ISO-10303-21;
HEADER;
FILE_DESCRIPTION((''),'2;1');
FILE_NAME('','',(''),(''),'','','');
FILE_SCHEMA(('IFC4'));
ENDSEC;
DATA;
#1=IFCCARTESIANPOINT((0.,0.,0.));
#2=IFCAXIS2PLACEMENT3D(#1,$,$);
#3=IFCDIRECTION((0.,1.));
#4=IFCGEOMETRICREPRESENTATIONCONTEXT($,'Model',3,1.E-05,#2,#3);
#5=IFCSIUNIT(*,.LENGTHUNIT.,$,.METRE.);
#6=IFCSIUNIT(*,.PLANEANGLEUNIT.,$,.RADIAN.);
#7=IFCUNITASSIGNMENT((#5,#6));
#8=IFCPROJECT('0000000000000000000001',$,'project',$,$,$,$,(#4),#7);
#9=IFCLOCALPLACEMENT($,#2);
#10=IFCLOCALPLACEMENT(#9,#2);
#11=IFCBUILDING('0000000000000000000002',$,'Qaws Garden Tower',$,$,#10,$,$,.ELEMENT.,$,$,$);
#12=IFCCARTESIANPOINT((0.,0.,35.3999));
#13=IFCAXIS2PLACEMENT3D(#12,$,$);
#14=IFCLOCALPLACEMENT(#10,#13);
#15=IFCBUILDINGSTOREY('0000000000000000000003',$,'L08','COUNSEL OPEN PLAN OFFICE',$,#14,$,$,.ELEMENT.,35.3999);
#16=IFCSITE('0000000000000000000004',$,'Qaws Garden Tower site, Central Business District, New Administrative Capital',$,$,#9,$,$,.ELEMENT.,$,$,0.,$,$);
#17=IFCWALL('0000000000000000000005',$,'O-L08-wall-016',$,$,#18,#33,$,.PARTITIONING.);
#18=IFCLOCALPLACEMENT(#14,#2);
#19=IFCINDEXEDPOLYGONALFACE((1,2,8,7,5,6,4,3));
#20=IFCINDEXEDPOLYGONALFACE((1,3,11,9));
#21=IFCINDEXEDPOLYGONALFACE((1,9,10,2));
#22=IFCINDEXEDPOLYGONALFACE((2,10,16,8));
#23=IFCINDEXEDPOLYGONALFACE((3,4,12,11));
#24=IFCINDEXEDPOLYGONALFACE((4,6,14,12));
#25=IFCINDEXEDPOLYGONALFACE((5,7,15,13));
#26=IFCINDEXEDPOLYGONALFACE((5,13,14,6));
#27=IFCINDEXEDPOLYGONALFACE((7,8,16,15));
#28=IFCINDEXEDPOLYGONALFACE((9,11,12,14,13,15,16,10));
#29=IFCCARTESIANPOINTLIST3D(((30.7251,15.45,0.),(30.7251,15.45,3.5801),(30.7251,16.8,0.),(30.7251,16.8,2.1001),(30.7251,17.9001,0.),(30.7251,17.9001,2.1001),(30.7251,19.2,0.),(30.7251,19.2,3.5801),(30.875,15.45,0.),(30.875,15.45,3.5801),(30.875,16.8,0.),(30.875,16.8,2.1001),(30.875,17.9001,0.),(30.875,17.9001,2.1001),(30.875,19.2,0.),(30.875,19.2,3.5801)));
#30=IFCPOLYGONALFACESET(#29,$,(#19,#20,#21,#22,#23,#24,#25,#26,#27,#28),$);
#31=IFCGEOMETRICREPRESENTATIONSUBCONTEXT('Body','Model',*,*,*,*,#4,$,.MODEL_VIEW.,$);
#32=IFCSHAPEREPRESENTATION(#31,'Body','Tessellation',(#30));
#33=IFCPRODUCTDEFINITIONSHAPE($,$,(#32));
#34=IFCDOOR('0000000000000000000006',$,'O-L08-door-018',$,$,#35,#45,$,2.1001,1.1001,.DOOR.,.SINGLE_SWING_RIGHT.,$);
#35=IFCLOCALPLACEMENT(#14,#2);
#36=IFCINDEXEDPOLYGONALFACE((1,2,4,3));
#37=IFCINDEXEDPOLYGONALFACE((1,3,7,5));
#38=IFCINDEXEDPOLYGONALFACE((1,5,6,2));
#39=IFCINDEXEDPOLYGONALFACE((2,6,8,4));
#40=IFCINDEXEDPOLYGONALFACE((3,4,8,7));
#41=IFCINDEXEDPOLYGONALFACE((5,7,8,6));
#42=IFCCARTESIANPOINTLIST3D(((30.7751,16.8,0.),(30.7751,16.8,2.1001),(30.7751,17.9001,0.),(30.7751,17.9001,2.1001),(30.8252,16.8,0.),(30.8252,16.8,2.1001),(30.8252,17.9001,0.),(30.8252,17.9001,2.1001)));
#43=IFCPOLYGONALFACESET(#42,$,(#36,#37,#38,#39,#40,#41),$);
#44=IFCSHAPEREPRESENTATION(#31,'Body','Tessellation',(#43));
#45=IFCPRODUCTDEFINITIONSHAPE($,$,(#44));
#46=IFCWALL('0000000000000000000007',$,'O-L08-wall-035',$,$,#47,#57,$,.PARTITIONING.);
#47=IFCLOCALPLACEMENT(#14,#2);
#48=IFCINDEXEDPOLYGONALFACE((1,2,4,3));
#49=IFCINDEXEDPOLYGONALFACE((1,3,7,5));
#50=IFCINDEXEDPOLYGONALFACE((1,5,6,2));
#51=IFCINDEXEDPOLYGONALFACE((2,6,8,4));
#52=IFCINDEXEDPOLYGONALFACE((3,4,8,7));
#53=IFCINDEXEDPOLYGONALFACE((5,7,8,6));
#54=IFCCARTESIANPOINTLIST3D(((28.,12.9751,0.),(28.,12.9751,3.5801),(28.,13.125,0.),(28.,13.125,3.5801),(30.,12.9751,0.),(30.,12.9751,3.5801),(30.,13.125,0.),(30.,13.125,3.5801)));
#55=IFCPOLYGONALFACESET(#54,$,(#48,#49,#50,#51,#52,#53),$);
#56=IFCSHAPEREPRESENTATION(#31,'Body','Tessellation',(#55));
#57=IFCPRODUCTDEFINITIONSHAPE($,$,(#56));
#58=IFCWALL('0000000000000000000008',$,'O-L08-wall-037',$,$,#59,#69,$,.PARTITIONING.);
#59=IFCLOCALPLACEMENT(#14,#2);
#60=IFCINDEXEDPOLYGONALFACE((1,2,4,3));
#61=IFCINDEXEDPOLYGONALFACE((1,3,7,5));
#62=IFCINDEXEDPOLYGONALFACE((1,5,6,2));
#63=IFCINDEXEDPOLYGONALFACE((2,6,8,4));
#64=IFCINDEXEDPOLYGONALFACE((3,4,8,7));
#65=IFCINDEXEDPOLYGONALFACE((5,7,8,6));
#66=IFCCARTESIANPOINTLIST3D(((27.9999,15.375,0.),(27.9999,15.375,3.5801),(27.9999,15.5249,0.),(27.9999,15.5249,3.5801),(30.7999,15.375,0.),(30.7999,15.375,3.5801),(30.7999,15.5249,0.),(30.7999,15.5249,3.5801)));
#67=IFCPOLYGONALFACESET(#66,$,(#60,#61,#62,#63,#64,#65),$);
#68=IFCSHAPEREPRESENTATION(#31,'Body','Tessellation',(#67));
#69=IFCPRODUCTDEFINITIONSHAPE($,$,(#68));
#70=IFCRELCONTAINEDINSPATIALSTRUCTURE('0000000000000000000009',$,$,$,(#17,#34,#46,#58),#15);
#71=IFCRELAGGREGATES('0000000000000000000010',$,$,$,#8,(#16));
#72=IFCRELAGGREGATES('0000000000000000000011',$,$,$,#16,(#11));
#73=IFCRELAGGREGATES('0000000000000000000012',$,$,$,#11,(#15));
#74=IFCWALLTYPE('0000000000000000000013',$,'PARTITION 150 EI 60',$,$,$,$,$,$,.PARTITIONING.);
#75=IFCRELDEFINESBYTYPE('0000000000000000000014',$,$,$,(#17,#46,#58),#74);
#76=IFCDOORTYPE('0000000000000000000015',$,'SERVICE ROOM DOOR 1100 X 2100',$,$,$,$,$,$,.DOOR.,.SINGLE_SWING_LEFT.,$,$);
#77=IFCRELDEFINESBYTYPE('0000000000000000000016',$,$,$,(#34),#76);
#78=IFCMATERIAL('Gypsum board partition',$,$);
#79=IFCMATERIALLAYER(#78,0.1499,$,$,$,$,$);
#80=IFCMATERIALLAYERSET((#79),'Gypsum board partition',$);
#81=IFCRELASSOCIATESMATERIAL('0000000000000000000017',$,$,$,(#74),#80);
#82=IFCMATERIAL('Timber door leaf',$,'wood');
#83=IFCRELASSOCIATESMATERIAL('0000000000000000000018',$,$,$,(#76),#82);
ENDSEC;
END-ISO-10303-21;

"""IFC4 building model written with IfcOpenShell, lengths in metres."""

from ifc_helpers import new_model, si_unit, direction, frame, frame_2d, origin, place, context, subcontext, project, spatial, rectangle, extrude, material, layer, layer_set, type_object, element, fill, save


model = new_model("IFC4")

# Units and contexts
model_context = context("Model", 3, precision=1e-05, world=origin(), true_north=direction((0.0, 1.0)))
body_context = subcontext(model_context, "Body", "Model", "MODEL_VIEW")
ifc_project = project(units=[si_unit("LENGTHUNIT", "METRE"), si_unit("PLANEANGLEUNIT", "RADIAN")], contexts=[model_context])

# Site, building, storey
site_placement = place(None, origin())
site = spatial("IfcSite", under=ifc_project, at=site_placement, Name="Qaws Garden Tower site, Central Business District, New Administrative Capital", CompositionType="ELEMENT", RefElevation=0.0)
building_placement = place(site_placement, origin())
building = spatial("IfcBuilding", under=site, at=building_placement, Name="Qaws Garden Tower", CompositionType="ELEMENT")
storey_placement = place(building_placement, frame((0.0, 0.0, 35.3999)))
storey = spatial("IfcBuildingStorey", under=building, at=storey_placement, Name="L08", Description="COUNSEL OPEN PLAN OFFICE", CompositionType="ELEMENT", Elevation=35.3999)

# Wall, opening, door
ifc_material_1 = material(Name="Gypsum board partition")
ifc_layer_1 = layer(ifc_material_1, 0.1499)
ifc_layer_set_1 = layer_set([ifc_layer_1], Name="Gypsum board partition")
wall_type_1 = type_object("IfcWallType", Name="PARTITION 150 EI 60", PredefinedType="PARTITIONING", material=ifc_layer_set_1)
wall_1_placement = place(storey_placement, frame((30.8, 15.45, 0.0), z_axis=(0.0, 0.0, 1.0), x_axis=(0.0, 1.0, 0.0)))
wall_1 = element("IfcWall", 1, at=wall_1_placement, inside=storey, type_object=wall_type_1, Name="O-L08-wall-016", PredefinedType="PARTITIONING", context=body_context, shape_type="SweptSolid", body=[
    extrude(rectangle(XDim=3.75, YDim=0.1499, at=frame_2d((1.875, 0.0))), origin(), (0.0, 0.0, 1.0), 3.5801),
])
opening_1_placement = place(wall_1_placement, frame((1.3501, 0.0, 0.0)))
opening_1 = element("IfcOpeningElement", 2, at=opening_1_placement, cuts=wall_1, PredefinedType="OPENING", context=body_context, shape_type="SweptSolid", body=[
    extrude(rectangle(XDim=1.1001, YDim=2.1001, at=frame_2d((0.55, 1.05))), frame((0.0, 0.085, 0.0), z_axis=(0.0, -1.0, 0.0), x_axis=(1.0, 0.0, 0.0)), (0.0, 0.0, 1.0), 0.1699),
])
ifc_material_2 = material(Name="Timber door leaf", Category="wood")
door_type_1 = type_object("IfcDoorType", Name="SERVICE ROOM DOOR 1100 X 2100", OperationType="SINGLE_SWING_LEFT", PredefinedType="DOOR", material=ifc_material_2)
door_1_placement = place(opening_1_placement, origin())
door_1 = element("IfcDoor", 3, at=door_1_placement, inside=storey, type_object=door_type_1, Name="O-L08-door-018", OperationType="SINGLE_SWING_RIGHT", OverallHeight=2.1001, OverallWidth=1.1001, PredefinedType="DOOR", context=body_context, shape_type="SweptSolid", body=[
    extrude(rectangle(XDim=1.1001, YDim=2.1001, at=frame_2d((0.55, 1.05))), frame((0.0, 0.0249, 0.0), z_axis=(0.0, -1.0, 0.0), x_axis=(1.0, 0.0, 0.0)), (0.0, 0.0, 1.0), 0.05),
])
fill(opening_1, door_1)

# Walls
wall_2_placement = place(storey_placement, frame((28.0, 13.05, 0.0), z_axis=(0.0, 0.0, 1.0), x_axis=(1.0, 0.0, 0.0)))
element("IfcWall", 4, at=wall_2_placement, inside=storey, type_object=wall_type_1, Name="O-L08-wall-035", PredefinedType="PARTITIONING", context=body_context, shape_type="SweptSolid", body=[
    extrude(rectangle(XDim=2.0, YDim=0.1499, at=frame_2d((1.0, 0.0))), origin(), (0.0, 0.0, 1.0), 3.5801),
])
wall_3_placement = place(storey_placement, frame((28.0, 15.45, 0.0), z_axis=(0.0, 0.0, 1.0), x_axis=(1.0, 0.0, 0.0)))
element("IfcWall", 5, at=wall_3_placement, inside=storey, type_object=wall_type_1, Name="O-L08-wall-037", PredefinedType="PARTITIONING", context=body_context, shape_type="SweptSolid", body=[
    extrude(rectangle(XDim=2.8, YDim=0.1499, at=frame_2d((1.3999, 0.0))), origin(), (0.0, 0.0, 1.0), 3.5801),
])

save(model, "model.ifc")
